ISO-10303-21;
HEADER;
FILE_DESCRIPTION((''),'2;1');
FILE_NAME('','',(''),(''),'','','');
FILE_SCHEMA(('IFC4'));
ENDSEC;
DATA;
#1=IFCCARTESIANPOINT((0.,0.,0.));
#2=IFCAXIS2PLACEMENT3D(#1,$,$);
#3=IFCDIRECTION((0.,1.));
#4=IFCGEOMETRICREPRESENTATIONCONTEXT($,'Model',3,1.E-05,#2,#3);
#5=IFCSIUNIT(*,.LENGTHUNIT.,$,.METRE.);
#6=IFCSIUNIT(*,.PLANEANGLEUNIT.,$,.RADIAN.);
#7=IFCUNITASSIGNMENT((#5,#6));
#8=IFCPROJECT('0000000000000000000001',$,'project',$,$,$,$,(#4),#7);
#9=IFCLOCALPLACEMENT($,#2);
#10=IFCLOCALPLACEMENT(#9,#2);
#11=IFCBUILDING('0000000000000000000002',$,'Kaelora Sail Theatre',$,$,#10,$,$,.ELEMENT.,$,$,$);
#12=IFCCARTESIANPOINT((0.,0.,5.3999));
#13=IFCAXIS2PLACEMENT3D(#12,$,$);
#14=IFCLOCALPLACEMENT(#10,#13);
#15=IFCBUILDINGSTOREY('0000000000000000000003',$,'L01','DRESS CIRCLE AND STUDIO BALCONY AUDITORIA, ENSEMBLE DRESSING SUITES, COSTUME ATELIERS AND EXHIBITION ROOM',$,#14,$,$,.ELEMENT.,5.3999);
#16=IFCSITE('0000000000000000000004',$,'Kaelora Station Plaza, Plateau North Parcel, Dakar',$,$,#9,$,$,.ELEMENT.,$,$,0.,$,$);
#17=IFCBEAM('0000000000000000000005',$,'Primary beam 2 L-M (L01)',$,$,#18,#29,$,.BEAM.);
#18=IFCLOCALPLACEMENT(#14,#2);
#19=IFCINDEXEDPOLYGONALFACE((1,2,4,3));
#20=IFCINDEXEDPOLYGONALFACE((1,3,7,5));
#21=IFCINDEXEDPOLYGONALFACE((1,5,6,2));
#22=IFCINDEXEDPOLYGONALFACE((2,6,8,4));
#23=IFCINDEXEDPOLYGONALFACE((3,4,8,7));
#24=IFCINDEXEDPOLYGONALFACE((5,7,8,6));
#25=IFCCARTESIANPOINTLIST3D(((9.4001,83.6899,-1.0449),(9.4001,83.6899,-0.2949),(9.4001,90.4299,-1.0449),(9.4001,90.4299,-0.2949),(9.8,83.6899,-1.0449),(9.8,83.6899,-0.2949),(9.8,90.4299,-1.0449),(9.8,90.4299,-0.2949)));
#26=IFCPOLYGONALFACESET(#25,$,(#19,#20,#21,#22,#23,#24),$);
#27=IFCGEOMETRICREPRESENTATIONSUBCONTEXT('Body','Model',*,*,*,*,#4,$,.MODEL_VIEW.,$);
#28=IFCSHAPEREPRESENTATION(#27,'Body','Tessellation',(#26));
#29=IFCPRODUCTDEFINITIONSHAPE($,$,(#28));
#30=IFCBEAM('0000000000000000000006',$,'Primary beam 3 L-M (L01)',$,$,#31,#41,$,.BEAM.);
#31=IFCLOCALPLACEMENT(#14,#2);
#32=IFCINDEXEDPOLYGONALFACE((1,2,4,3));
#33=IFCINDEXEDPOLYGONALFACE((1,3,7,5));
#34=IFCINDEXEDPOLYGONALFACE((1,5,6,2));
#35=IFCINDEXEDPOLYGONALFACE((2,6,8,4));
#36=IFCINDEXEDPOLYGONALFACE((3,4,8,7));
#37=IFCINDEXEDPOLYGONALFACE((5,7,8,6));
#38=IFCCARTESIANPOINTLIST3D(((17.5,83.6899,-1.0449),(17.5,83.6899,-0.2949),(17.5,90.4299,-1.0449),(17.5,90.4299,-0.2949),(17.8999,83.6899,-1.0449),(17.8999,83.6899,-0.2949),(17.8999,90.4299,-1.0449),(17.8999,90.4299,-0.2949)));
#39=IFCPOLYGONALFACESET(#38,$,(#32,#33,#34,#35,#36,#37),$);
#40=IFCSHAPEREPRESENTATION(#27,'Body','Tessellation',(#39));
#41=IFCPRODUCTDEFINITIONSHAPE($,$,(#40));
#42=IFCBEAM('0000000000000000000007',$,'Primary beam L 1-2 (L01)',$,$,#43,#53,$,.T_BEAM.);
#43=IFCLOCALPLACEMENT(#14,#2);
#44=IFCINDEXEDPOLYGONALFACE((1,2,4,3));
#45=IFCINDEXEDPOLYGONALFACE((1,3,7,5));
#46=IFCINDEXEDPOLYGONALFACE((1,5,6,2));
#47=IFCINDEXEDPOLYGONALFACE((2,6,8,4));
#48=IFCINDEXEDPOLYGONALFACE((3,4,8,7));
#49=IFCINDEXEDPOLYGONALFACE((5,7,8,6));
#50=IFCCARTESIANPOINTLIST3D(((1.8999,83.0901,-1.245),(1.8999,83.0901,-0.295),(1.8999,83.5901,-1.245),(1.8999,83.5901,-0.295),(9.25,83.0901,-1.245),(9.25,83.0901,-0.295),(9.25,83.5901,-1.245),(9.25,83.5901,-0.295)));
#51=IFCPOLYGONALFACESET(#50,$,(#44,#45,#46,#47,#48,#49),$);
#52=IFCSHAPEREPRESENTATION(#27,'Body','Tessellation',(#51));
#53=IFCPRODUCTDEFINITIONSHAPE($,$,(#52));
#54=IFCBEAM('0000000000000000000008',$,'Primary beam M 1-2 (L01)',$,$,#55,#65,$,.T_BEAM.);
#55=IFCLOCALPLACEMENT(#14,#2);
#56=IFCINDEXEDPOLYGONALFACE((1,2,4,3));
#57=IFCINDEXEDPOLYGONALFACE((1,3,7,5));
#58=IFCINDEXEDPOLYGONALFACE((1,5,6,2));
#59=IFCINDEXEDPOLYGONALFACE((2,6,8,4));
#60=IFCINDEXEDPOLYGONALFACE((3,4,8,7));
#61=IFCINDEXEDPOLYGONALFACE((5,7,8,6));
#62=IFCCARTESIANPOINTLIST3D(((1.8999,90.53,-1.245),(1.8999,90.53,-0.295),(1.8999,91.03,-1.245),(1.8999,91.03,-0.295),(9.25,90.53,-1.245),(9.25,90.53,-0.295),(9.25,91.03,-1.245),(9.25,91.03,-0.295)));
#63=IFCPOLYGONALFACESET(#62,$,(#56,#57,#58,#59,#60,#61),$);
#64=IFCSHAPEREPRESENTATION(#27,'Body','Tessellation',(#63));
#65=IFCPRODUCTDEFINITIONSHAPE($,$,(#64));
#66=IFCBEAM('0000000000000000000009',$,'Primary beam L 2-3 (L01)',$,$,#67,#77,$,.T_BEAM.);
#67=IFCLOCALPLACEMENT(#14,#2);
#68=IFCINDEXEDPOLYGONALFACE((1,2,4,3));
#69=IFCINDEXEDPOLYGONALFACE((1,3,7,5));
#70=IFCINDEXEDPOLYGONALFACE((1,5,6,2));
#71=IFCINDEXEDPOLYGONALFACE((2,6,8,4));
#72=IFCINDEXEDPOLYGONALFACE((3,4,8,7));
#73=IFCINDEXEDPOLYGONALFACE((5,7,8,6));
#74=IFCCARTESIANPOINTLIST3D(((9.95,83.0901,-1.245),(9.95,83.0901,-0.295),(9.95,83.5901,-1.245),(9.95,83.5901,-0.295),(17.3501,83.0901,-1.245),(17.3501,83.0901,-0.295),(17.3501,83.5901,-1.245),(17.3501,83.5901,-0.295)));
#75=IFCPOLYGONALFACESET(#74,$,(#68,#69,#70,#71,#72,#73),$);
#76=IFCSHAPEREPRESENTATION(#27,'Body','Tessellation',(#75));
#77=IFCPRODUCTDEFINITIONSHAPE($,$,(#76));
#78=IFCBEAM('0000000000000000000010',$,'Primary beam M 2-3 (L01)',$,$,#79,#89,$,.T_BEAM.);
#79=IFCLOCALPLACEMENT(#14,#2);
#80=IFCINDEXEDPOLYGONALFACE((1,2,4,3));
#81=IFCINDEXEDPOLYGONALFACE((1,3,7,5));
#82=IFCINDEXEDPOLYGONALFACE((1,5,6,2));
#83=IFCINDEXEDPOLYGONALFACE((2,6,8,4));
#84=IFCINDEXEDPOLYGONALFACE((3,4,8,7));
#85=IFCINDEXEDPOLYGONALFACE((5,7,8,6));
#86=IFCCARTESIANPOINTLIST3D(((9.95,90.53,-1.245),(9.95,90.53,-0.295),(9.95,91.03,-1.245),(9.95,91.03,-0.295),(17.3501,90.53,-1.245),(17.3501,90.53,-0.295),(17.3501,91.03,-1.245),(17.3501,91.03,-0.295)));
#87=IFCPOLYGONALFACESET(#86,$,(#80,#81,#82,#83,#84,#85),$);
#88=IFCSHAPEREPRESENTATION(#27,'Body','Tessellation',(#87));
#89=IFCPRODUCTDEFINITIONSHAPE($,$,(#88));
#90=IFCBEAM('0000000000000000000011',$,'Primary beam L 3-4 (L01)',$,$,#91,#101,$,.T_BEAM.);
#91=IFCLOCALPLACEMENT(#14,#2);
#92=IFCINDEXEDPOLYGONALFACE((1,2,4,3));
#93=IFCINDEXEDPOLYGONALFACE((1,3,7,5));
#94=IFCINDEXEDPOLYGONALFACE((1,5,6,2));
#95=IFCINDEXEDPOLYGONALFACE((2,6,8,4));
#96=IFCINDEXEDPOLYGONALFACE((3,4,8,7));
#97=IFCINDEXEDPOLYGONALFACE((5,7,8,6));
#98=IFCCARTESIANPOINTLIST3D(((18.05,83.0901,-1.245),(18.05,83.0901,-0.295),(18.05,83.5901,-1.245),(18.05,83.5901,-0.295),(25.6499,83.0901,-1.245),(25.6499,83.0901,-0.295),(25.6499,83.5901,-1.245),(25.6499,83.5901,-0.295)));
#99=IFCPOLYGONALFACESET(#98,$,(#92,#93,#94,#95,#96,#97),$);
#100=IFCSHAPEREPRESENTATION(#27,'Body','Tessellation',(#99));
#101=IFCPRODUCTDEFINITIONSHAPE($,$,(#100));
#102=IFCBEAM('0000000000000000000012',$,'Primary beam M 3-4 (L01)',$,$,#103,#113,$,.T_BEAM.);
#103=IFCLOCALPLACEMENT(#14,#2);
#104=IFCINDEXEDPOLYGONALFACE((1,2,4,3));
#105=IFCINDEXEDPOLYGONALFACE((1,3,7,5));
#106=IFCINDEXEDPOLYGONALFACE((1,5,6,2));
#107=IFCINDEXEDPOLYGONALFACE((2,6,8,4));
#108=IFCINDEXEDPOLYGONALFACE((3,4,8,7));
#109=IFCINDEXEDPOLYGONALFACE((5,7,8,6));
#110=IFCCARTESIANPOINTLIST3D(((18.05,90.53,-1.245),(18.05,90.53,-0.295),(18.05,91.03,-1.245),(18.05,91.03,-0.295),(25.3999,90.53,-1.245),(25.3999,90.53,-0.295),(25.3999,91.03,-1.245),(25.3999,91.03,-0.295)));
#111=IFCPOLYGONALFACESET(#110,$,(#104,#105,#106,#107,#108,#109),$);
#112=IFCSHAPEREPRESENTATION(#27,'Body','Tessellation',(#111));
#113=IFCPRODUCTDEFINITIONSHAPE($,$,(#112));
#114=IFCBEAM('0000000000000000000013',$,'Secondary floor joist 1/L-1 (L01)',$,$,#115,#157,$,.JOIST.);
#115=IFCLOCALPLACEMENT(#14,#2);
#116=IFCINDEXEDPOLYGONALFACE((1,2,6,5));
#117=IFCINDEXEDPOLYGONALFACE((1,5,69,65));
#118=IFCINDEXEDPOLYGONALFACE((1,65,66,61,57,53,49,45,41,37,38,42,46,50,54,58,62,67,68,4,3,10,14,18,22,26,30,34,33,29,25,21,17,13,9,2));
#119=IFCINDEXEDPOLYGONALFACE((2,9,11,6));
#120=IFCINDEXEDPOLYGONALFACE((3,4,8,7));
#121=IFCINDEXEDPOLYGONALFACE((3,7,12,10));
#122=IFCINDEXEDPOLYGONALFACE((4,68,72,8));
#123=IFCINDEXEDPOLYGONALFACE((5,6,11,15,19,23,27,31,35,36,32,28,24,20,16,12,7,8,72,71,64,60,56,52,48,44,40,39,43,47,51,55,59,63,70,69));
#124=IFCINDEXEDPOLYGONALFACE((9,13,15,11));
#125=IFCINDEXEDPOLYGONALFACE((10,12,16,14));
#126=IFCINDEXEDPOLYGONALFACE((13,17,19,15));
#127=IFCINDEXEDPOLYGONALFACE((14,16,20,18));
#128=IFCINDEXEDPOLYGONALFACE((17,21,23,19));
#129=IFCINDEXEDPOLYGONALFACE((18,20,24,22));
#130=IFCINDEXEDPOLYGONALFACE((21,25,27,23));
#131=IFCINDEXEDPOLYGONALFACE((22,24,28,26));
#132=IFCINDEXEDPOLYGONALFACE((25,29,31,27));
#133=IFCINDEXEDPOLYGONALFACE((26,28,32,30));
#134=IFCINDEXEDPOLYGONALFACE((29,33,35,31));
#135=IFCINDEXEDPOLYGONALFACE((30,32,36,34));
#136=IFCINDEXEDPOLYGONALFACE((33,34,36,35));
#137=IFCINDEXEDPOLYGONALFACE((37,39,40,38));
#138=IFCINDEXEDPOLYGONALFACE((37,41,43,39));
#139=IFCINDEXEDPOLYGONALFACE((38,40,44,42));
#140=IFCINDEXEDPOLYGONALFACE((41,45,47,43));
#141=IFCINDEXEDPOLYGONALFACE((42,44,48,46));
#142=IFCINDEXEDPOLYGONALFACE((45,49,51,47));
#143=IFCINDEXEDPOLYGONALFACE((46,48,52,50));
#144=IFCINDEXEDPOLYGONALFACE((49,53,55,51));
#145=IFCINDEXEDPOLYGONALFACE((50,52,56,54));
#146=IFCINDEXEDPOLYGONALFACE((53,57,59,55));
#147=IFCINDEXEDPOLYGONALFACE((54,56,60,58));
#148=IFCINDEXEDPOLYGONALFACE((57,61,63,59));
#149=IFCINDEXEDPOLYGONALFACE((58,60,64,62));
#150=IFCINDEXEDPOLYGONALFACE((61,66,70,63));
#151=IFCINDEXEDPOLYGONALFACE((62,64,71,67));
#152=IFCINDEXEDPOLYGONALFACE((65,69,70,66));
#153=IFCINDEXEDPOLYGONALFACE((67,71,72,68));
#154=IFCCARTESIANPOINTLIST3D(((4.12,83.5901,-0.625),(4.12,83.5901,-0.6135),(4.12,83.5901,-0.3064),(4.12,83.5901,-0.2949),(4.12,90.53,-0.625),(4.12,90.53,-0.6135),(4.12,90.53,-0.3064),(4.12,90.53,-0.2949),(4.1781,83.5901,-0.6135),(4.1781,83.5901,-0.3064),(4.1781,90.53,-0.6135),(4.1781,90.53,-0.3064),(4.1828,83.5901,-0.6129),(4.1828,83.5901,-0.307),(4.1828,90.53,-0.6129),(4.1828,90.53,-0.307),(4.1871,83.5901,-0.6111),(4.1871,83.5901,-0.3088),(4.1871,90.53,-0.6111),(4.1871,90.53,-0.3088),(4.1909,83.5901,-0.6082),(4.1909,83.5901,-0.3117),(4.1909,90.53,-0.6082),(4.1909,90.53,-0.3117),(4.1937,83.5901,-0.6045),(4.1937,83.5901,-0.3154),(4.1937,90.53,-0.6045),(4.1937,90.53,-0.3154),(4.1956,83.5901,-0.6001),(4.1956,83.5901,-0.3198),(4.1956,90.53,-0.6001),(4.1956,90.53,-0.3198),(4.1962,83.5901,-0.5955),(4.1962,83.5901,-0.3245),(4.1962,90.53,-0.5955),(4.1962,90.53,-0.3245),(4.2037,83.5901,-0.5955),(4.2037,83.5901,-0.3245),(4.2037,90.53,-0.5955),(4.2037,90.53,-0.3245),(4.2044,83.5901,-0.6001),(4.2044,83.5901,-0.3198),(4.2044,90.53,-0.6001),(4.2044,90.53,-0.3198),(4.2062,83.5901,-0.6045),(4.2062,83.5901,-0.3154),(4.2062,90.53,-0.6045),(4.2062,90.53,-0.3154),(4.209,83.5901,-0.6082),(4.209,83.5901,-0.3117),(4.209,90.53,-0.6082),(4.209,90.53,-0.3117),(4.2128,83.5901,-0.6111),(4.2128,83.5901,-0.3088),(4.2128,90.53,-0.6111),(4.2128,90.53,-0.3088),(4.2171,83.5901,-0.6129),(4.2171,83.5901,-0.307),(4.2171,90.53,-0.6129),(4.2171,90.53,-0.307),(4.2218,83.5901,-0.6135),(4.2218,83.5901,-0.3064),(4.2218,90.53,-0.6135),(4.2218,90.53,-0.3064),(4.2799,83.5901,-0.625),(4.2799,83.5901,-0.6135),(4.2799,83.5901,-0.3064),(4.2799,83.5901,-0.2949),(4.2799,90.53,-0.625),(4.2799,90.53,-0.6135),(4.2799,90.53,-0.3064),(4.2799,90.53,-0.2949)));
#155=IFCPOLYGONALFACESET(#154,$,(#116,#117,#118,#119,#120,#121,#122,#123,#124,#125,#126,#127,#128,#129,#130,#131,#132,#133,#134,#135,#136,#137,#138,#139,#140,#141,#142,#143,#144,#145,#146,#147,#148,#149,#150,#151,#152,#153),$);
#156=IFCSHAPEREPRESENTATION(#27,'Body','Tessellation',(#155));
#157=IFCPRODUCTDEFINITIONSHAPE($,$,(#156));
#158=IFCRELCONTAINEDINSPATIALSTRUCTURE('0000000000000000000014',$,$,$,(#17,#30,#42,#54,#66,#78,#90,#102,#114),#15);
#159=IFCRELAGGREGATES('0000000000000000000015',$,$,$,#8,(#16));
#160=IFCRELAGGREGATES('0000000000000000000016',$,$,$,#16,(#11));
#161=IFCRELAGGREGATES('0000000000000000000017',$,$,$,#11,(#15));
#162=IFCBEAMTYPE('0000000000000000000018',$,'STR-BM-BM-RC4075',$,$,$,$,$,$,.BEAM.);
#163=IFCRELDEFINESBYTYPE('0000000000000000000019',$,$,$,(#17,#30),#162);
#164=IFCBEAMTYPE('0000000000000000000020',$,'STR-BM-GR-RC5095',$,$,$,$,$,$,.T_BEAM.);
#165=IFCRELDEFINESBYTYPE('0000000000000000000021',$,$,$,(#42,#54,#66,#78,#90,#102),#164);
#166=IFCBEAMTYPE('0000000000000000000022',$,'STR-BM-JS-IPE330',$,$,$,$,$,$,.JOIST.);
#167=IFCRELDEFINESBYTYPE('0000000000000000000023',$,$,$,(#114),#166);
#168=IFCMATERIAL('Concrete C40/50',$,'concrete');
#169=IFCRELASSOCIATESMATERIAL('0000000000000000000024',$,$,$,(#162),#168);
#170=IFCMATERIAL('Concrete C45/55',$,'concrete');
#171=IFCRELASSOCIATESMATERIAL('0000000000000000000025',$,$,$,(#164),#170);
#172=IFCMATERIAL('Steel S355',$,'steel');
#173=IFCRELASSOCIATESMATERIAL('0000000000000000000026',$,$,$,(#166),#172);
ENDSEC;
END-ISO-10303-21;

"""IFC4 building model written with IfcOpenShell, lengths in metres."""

from ifc_helpers import new_model, si_unit, direction, frame, origin, origin_2d, place, context, subcontext, project, spatial, rectangle, i_section, extrude, material, material_profile, profile_set, type_object, element, save


model = new_model("IFC4")

# Units and contexts
model_context = context("Model", 3, precision=1e-05, world=origin(), true_north=direction((0.0, 1.0)))
body_context = subcontext(model_context, "Body", "Model", "MODEL_VIEW")
ifc_project = project(units=[si_unit("LENGTHUNIT", "METRE"), si_unit("PLANEANGLEUNIT", "RADIAN")], contexts=[model_context])

# Site, building, storey
site_placement = place(None, origin())
site = spatial("IfcSite", under=ifc_project, at=site_placement, Name="Kaelora Station Plaza, Plateau North Parcel, Dakar", CompositionType="ELEMENT", RefElevation=0.0)
building_placement = place(site_placement, origin())
building = spatial("IfcBuilding", under=site, at=building_placement, Name="Kaelora Sail Theatre", CompositionType="ELEMENT")
storey_placement = place(building_placement, frame((0.0, 0.0, 5.3999)))
storey = spatial("IfcBuildingStorey", under=building, at=storey_placement, Name="L01", Description="DRESS CIRCLE AND STUDIO BALCONY AUDITORIA, ENSEMBLE DRESSING SUITES, COSTUME ATELIERS AND EXHIBITION ROOM", CompositionType="ELEMENT", Elevation=5.3999)

# Beams
ifc_material_1 = material(Name="Concrete C40/50", Category="concrete")
ifc_material_profile_1 = material_profile(ifc_material_1, rectangle(XDim=0.3999, YDim=0.75, at=origin_2d()), Name="RC-BM 400x750")
ifc_profile_set_1 = profile_set([ifc_material_profile_1], Name="Concrete C40/50")
beam_type_1 = type_object("IfcBeamType", Name="STR-BM-BM-RC4075", PredefinedType="BEAM", material=ifc_profile_set_1)
for number, where, z_axis, x_axis, name in (
    (1, (9.6001, 83.6899, -0.6699), (0.0, 1.0, 0.0), (-1.0, 0.0, 0.0), "Primary beam 2 L-M (L01)"),
    (2, (17.7, 83.6899, -0.6699), (0.0, 1.0, 0.0), (-1.0, 0.0, 0.0), "Primary beam 3 L-M (L01)"),
):
    element("IfcBeam", number, at=place(storey_placement, frame(where, z_axis=z_axis, x_axis=x_axis)), inside=storey, type_object=beam_type_1, Name=name, PredefinedType="BEAM", context=body_context, shape_type="SweptSolid", body=[
        extrude(rectangle(XDim=0.3999, YDim=0.75, at=origin_2d()), origin(), (0.0, 0.0, 1.0), 6.74),
    ])
ifc_material_2 = material(Name="Concrete C45/55", Category="concrete")
ifc_material_profile_2 = material_profile(ifc_material_2, rectangle(XDim=0.5, YDim=0.95, at=origin_2d()), Name="RC-GRD 500x950")
ifc_profile_set_2 = profile_set([ifc_material_profile_2], Name="Concrete C45/55")
beam_type_2 = type_object("IfcBeamType", Name="STR-BM-GR-RC5095", PredefinedType="T_BEAM", material=ifc_profile_set_2)
for number, where, z_axis, x_axis, name in (
    (3, (1.8999, 83.3401, -0.77), (1.0, 0.0, 0.0), (0.0, 1.0, 0.0), "Primary beam L 1-2 (L01)"),
    (4, (1.8999, 90.78, -0.77), (1.0, 0.0, 0.0), (0.0, 1.0, 0.0), "Primary beam M 1-2 (L01)"),
):
    element("IfcBeam", number, at=place(storey_placement, frame(where, z_axis=z_axis, x_axis=x_axis)), inside=storey, type_object=beam_type_2, Name=name, PredefinedType="T_BEAM", context=body_context, shape_type="SweptSolid", body=[
        extrude(rectangle(XDim=0.5, YDim=0.95, at=origin_2d()), origin(), (0.0, 0.0, 1.0), 7.3501),
    ])
for number, where, z_axis, x_axis, name in (
    (5, (9.95, 83.3401, -0.77), (1.0, 0.0, 0.0), (0.0, 1.0, 0.0), "Primary beam L 2-3 (L01)"),
    (6, (9.95, 90.78, -0.77), (1.0, 0.0, 0.0), (0.0, 1.0, 0.0), "Primary beam M 2-3 (L01)"),
):
    element("IfcBeam", number, at=place(storey_placement, frame(where, z_axis=z_axis, x_axis=x_axis)), inside=storey, type_object=beam_type_2, Name=name, PredefinedType="T_BEAM", context=body_context, shape_type="SweptSolid", body=[
        extrude(rectangle(XDim=0.5, YDim=0.95, at=origin_2d()), origin(), (0.0, 0.0, 1.0), 7.4001),
    ])
beam_1_placement = place(storey_placement, frame((18.05, 83.3401, -0.77), z_axis=(1.0, 0.0, 0.0), x_axis=(0.0, 1.0, 0.0)))
element("IfcBeam", 7, at=beam_1_placement, inside=storey, type_object=beam_type_2, Name="Primary beam L 3-4 (L01)", PredefinedType="T_BEAM", context=body_context, shape_type="SweptSolid", body=[
    extrude(rectangle(XDim=0.5, YDim=0.95, at=origin_2d()), origin(), (0.0, 0.0, 1.0), 7.5999),
])
beam_2_placement = place(storey_placement, frame((18.05, 90.78, -0.77), z_axis=(1.0, 0.0, 0.0), x_axis=(0.0, 1.0, 0.0)))
element("IfcBeam", 8, at=beam_2_placement, inside=storey, type_object=beam_type_2, Name="Primary beam M 3-4 (L01)", PredefinedType="T_BEAM", context=body_context, shape_type="SweptSolid", body=[
    extrude(rectangle(XDim=0.5, YDim=0.95, at=origin_2d()), origin(), (0.0, 0.0, 1.0), 7.3499),
])
ifc_material_3 = material(Name="Steel S355", Category="steel")
ifc_material_profile_3 = material_profile(ifc_material_3, i_section(OverallWidth=0.1599, OverallDepth=0.3301, WebThickness=0.0076, FlangeThickness=0.0115, FilletRadius=0.0181, at=origin_2d()), Name="IPE 330")
ifc_profile_set_3 = profile_set([ifc_material_profile_3], Name="Steel S355")
beam_type_3 = type_object("IfcBeamType", Name="STR-BM-JS-IPE330", PredefinedType="JOIST", material=ifc_profile_set_3)
beam_3_placement = place(storey_placement, frame((4.2, 83.5901, -0.46), z_axis=(0.0, 1.0, 0.0), x_axis=(-1.0, 0.0, 0.0)))
element("IfcBeam", 9, at=beam_3_placement, inside=storey, type_object=beam_type_3, Name="Secondary floor joist 1/L-1 (L01)", PredefinedType="JOIST", context=body_context, shape_type="SweptSolid", body=[
    extrude(i_section(OverallWidth=0.1599, OverallDepth=0.3301, WebThickness=0.0076, FlangeThickness=0.0115, FilletRadius=0.0181, at=origin_2d()), origin(), (0.0, 0.0, 1.0), 6.9399),
])

save(model, "model.ifc")
